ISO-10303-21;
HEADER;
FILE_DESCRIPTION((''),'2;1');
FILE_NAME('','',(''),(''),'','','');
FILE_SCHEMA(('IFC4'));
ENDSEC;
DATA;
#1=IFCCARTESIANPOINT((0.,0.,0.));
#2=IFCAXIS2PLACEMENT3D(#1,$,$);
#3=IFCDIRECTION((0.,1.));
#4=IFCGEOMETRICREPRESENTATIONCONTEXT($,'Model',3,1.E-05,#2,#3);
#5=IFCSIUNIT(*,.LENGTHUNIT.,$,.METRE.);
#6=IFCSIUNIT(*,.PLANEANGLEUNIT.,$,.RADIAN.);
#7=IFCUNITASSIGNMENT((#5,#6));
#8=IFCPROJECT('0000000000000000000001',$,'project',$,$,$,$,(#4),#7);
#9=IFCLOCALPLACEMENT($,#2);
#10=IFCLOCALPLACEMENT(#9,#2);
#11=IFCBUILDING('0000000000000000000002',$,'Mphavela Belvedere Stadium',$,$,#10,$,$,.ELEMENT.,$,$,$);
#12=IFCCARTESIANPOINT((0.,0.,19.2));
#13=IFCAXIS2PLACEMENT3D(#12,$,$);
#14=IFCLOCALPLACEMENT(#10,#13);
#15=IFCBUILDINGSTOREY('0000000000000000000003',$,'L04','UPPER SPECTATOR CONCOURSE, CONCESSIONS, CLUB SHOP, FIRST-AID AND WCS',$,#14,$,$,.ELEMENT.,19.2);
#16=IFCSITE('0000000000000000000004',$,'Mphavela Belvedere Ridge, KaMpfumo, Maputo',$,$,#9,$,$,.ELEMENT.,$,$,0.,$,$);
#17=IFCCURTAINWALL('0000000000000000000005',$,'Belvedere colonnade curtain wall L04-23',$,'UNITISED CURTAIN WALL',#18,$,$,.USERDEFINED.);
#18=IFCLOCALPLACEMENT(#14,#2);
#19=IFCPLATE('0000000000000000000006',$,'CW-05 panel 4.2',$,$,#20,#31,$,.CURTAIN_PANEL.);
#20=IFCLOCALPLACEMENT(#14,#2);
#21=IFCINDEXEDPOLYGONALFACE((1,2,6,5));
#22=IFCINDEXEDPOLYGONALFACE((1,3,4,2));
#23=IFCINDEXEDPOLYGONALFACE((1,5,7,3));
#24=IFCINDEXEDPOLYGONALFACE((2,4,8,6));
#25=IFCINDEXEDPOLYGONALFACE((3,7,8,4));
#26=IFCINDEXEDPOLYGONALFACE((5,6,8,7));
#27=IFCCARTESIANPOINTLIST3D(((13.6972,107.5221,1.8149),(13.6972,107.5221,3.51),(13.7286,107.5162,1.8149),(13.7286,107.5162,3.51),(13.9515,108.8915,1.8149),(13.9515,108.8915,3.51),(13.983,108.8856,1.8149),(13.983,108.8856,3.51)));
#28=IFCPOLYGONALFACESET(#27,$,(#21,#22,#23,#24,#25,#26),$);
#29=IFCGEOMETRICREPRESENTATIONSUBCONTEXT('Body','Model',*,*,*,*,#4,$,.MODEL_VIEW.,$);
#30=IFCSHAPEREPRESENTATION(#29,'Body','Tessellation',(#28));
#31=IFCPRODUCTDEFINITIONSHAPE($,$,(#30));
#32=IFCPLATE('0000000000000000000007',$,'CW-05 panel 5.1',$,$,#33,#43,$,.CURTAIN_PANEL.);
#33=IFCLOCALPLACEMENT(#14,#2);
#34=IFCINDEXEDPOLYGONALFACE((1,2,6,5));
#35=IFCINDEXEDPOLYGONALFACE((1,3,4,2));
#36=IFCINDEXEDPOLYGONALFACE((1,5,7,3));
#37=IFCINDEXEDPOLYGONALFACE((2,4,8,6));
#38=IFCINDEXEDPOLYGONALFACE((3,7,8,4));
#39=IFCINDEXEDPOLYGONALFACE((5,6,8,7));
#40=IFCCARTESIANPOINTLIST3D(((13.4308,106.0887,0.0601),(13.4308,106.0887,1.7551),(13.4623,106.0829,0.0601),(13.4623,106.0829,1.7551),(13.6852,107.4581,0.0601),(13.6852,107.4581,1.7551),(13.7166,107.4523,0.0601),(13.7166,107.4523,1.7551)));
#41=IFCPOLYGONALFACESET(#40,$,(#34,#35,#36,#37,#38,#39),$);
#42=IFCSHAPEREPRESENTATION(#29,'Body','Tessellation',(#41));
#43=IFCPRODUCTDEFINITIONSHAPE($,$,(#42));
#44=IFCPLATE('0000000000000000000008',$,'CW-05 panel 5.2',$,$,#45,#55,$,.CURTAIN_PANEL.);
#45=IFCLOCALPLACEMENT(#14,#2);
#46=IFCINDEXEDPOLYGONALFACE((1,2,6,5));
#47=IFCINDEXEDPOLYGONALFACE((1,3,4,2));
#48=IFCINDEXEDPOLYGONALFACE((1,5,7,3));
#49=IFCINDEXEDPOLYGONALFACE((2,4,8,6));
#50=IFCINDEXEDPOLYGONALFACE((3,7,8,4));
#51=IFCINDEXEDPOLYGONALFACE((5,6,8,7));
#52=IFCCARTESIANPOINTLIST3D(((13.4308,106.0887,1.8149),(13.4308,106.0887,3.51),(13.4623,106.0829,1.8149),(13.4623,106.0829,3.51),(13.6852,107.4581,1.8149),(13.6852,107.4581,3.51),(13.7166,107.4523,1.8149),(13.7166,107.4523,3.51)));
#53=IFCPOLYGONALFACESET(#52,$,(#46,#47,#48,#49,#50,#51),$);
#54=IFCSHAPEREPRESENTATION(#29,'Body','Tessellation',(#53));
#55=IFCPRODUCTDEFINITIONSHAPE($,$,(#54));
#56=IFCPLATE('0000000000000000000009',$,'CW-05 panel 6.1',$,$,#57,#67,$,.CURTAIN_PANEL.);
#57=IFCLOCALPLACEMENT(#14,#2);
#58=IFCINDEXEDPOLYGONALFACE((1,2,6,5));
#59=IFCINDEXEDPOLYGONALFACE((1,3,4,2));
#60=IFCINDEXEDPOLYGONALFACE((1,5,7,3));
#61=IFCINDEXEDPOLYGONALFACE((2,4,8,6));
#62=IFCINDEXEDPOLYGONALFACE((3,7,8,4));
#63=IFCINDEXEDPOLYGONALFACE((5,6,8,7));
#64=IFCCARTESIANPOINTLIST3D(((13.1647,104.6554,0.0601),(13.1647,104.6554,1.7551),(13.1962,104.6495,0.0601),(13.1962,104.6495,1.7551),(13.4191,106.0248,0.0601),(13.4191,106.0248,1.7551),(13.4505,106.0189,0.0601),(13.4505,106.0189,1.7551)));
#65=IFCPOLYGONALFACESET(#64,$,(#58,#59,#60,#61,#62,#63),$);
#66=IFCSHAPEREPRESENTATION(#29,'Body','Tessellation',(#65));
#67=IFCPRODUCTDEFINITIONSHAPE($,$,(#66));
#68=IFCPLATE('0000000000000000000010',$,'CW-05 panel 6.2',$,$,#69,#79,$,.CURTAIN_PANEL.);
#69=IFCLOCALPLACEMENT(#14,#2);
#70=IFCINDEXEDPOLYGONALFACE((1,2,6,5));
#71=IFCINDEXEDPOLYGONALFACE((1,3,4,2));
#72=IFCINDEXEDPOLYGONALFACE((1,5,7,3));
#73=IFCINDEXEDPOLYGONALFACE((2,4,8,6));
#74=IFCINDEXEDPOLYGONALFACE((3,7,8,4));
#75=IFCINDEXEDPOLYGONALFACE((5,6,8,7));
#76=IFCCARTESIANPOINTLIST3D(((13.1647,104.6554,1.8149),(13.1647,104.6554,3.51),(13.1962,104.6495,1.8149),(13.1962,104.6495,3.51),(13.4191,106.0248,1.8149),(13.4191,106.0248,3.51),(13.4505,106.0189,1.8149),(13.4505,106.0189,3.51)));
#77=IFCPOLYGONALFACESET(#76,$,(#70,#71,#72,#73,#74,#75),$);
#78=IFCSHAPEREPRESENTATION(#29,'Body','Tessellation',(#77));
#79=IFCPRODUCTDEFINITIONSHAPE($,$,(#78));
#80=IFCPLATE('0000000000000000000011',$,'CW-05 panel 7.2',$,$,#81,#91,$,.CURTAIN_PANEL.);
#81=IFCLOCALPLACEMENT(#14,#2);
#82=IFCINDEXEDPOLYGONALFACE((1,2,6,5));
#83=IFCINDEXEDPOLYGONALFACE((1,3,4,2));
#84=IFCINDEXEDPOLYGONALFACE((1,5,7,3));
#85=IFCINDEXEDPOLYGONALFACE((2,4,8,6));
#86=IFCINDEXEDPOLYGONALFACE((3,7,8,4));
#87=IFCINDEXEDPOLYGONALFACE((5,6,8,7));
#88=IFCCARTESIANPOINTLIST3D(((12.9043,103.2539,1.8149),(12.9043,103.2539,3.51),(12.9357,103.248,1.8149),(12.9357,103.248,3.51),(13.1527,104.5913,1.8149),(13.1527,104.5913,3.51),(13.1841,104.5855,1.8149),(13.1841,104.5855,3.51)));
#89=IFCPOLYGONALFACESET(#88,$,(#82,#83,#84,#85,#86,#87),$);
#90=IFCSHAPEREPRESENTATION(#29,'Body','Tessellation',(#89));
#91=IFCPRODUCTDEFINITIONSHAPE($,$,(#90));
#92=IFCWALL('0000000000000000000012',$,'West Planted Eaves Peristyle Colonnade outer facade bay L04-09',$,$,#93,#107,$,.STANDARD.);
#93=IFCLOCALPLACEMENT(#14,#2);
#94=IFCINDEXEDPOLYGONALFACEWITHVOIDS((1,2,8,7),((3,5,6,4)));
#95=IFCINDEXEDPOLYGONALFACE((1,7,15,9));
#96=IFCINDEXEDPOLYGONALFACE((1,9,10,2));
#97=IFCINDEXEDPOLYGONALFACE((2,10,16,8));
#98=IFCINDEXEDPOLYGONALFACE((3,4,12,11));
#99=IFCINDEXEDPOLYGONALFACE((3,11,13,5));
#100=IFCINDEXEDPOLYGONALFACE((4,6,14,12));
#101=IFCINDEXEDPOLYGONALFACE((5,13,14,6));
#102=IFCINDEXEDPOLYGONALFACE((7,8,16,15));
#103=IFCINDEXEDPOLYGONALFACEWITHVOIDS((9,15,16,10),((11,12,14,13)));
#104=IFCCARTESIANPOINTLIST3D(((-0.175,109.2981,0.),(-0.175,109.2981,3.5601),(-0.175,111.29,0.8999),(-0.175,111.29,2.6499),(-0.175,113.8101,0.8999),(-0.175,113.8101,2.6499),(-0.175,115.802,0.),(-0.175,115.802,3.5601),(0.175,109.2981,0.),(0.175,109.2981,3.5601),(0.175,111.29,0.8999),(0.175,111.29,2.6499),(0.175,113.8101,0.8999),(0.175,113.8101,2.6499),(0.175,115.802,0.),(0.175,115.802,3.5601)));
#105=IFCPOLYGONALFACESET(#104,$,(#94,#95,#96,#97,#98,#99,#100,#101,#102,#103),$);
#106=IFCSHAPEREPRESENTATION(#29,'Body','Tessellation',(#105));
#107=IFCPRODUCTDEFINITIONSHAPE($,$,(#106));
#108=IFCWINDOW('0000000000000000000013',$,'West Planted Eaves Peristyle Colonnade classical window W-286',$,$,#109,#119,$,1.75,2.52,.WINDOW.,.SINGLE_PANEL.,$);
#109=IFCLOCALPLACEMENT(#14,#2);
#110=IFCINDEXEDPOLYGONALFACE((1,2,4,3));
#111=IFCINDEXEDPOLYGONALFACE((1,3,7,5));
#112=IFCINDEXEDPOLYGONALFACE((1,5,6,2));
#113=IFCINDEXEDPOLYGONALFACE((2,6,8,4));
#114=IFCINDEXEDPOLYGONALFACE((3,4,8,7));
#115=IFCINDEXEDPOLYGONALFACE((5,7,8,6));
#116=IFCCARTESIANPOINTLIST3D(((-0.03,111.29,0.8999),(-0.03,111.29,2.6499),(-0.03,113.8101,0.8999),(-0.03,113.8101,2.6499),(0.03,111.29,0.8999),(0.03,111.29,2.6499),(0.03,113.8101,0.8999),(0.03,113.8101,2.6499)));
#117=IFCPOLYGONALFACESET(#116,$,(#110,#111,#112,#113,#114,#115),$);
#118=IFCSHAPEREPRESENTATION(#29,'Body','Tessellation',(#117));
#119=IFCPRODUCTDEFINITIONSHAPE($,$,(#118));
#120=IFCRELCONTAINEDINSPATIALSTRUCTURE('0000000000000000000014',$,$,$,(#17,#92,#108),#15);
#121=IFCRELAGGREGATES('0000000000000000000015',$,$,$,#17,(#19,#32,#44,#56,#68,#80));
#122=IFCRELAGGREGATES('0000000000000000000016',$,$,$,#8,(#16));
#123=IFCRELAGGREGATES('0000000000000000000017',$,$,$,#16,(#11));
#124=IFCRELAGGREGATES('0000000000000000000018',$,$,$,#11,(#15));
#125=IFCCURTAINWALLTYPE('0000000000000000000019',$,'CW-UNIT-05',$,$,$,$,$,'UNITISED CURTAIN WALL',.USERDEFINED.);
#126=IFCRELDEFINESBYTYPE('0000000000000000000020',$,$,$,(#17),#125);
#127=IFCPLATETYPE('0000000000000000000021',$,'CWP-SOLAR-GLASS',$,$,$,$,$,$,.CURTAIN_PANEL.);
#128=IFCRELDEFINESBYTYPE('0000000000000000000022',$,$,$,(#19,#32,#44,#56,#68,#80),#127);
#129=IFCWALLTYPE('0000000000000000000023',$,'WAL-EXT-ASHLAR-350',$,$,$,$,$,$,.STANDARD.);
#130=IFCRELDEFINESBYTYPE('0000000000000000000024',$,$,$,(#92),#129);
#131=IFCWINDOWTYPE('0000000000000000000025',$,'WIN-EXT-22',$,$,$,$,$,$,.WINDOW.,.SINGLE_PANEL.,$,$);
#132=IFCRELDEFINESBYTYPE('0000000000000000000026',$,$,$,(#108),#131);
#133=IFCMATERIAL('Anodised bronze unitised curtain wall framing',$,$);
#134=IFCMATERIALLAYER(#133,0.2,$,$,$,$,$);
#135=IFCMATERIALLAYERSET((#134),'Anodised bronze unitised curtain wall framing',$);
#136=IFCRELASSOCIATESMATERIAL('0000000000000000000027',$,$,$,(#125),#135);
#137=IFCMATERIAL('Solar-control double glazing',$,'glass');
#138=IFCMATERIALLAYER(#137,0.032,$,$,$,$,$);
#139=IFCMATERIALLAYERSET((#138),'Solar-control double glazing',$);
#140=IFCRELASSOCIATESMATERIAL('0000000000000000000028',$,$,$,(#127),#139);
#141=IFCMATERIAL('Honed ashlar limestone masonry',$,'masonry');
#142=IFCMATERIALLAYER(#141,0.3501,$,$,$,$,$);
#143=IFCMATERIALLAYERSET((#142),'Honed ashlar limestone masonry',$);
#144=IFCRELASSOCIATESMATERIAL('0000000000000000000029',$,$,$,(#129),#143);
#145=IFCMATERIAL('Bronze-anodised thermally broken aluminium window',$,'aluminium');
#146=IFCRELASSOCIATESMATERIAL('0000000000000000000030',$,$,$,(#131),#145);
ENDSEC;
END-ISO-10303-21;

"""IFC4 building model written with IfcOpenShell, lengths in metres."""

from ifc_helpers import new_model, si_unit, direction, frame, frame_2d, origin, origin_2d, place, context, subcontext, project, spatial, rectangle, extrude, material, layer, layer_set, type_object, element, fill, aggregate, save


model = new_model("IFC4")

# Units and contexts
model_context = context("Model", 3, precision=1e-05, world=origin(), true_north=direction((0.0, 1.0)))
body_context = subcontext(model_context, "Body", "Model", "MODEL_VIEW")
ifc_project = project(units=[si_unit("LENGTHUNIT", "METRE"), si_unit("PLANEANGLEUNIT", "RADIAN")], contexts=[model_context])

# Site, building, storey
site_placement = place(None, origin())
site = spatial("IfcSite", under=ifc_project, at=site_placement, Name="Mphavela Belvedere Ridge, KaMpfumo, Maputo", CompositionType="ELEMENT", RefElevation=0.0)
building_placement = place(site_placement, origin())
building = spatial("IfcBuilding", under=site, at=building_placement, Name="Mphavela Belvedere Stadium", CompositionType="ELEMENT")
storey_placement = place(building_placement, frame((0.0, 0.0, 19.2)))
storey = spatial("IfcBuildingStorey", under=building, at=storey_placement, Name="L04", Description="UPPER SPECTATOR CONCOURSE, CONCESSIONS, CLUB SHOP, FIRST-AID AND WCS", CompositionType="ELEMENT", Elevation=19.2)

# Curtain wall, plates
ifc_material_1 = material(Name="Anodised bronze unitised curtain wall framing")
ifc_layer_1 = layer(ifc_material_1, 0.2)
ifc_layer_set_1 = layer_set([ifc_layer_1], Name="Anodised bronze unitised curtain wall framing")
curtain_wall_type = type_object("IfcCurtainWallType", Name="CW-UNIT-05", ElementType="UNITISED CURTAIN WALL", PredefinedType="USERDEFINED", material=ifc_layer_set_1)
curtain_wall_placement = place(storey_placement, origin())
curtain_wall = element("IfcCurtainWall", 1, at=curtain_wall_placement, inside=storey, type_object=curtain_wall_type, Name="Belvedere colonnade curtain wall L04-23", ObjectType="UNITISED CURTAIN WALL", PredefinedType="USERDEFINED")
ifc_material_2 = material(Name="Solar-control double glazing", Category="glass")
ifc_layer_2 = layer(ifc_material_2, 0.032)
ifc_layer_set_2 = layer_set([ifc_layer_2], Name="Solar-control double glazing")
plate_type = type_object("IfcPlateType", Name="CWP-SOLAR-GLASS", PredefinedType="CURTAIN_PANEL", material=ifc_layer_set_2)
plate_1_placement = place(storey_placement, frame((13.8401, 108.2039, 1.8149), z_axis=(0.0, 0.0, 1.0), x_axis=(-0.182618, -0.983184, 0.0)))
plate_1 = element("IfcPlate", 2, at=plate_1_placement, type_object=plate_type, Name="CW-05 panel 4.2", PredefinedType="CURTAIN_PANEL", context=body_context, shape_type="SweptSolid", body=[
    extrude(rectangle(XDim=1.3928, YDim=0.032, at=origin_2d()), origin(), (0.0, 0.0, 1.0), 1.6951),
])
plate_2_placement = place(storey_placement, frame((13.5737, 106.7705, 0.0601), z_axis=(0.0, 0.0, 1.0), x_axis=(-0.182618, -0.983184, 0.0)))
plate_2 = element("IfcPlate", 3, at=plate_2_placement, type_object=plate_type, Name="CW-05 panel 5.1", PredefinedType="CURTAIN_PANEL", context=body_context, shape_type="SweptSolid", body=[
    extrude(rectangle(XDim=1.3928, YDim=0.032, at=origin_2d()), origin(), (0.0, 0.0, 1.0), 1.6951),
])
plate_3_placement = place(storey_placement, frame((13.5737, 106.7705, 1.8149), z_axis=(0.0, 0.0, 1.0), x_axis=(-0.182618, -0.983184, 0.0)))
plate_3 = element("IfcPlate", 4, at=plate_3_placement, type_object=plate_type, Name="CW-05 panel 5.2", PredefinedType="CURTAIN_PANEL", context=body_context, shape_type="SweptSolid", body=[
    extrude(rectangle(XDim=1.3928, YDim=0.032, at=origin_2d()), origin(), (0.0, 0.0, 1.0), 1.6951),
])
plate_4_placement = place(storey_placement, frame((13.3076, 105.3372, 0.0601), z_axis=(0.0, 0.0, 1.0), x_axis=(-0.182618, -0.983184, 0.0)))
plate_4 = element("IfcPlate", 5, at=plate_4_placement, type_object=plate_type, Name="CW-05 panel 6.1", PredefinedType="CURTAIN_PANEL", context=body_context, shape_type="SweptSolid", body=[
    extrude(rectangle(XDim=1.3928, YDim=0.032, at=origin_2d()), origin(), (0.0, 0.0, 1.0), 1.6951),
])
plate_5_placement = place(storey_placement, frame((13.3076, 105.3372, 1.8149), z_axis=(0.0, 0.0, 1.0), x_axis=(-0.182618, -0.983184, 0.0)))
plate_5 = element("IfcPlate", 6, at=plate_5_placement, type_object=plate_type, Name="CW-05 panel 6.2", PredefinedType="CURTAIN_PANEL", context=body_context, shape_type="SweptSolid", body=[
    extrude(rectangle(XDim=1.3928, YDim=0.032, at=origin_2d()), origin(), (0.0, 0.0, 1.0), 1.6951),
])
plate_6_placement = place(storey_placement, frame((13.0442, 103.9197, 1.8149), z_axis=(0.0, 0.0, 1.0), x_axis=(-0.182618, -0.983184, 0.0)))
plate_6 = element("IfcPlate", 7, at=plate_6_placement, type_object=plate_type, Name="CW-05 panel 7.2", PredefinedType="CURTAIN_PANEL", context=body_context, shape_type="SweptSolid", body=[
    extrude(rectangle(XDim=1.3604, YDim=0.032, at=origin_2d()), origin(), (0.0, 0.0, 1.0), 1.6951),
])
aggregate(curtain_wall, [plate_1, plate_2, plate_3, plate_4, plate_5, plate_6])

# Wall, opening, window
ifc_material_3 = material(Name="Honed ashlar limestone masonry", Category="masonry")
ifc_layer_3 = layer(ifc_material_3, 0.3501)
ifc_layer_set_3 = layer_set([ifc_layer_3], Name="Honed ashlar limestone masonry")
wall_type = type_object("IfcWallType", Name="WAL-EXT-ASHLAR-350", PredefinedType="STANDARD", material=ifc_layer_set_3)
wall_placement = place(storey_placement, frame((0.0, 109.2981, 0.0), z_axis=(0.0, 0.0, 1.0), x_axis=(0.0, 1.0, 0.0)))
wall = element("IfcWall", 8, at=wall_placement, inside=storey, type_object=wall_type, Name="West Planted Eaves Peristyle Colonnade outer facade bay L04-09", PredefinedType="STANDARD", context=body_context, shape_type="SweptSolid", body=[
    extrude(rectangle(XDim=6.5039, YDim=0.3501, at=frame_2d((3.252, 0.0))), origin(), (0.0, 0.0, 1.0), 3.5601),
])
opening_placement = place(wall_placement, frame((1.9919, 0.0, 0.8999)))
opening = element("IfcOpeningElement", 9, at=opening_placement, cuts=wall, PredefinedType="OPENING", context=body_context, shape_type="SweptSolid", body=[
    extrude(rectangle(XDim=2.52, YDim=1.75, at=frame_2d((1.26, 0.875))), frame((0.0, 0.1851, 0.0), z_axis=(0.0, -1.0, 0.0), x_axis=(1.0, 0.0, 0.0)), (0.0, 0.0, 1.0), 0.3701),
])
ifc_material_4 = material(Name="Bronze-anodised thermally broken aluminium window", Category="aluminium")
window_type = type_object("IfcWindowType", Name="WIN-EXT-22", PartitioningType="SINGLE_PANEL", PredefinedType="WINDOW", material=ifc_material_4)
window_placement = place(opening_placement, origin())
window = element("IfcWindow", 10, at=window_placement, inside=storey, type_object=window_type, Name="West Planted Eaves Peristyle Colonnade classical window W-286", OverallHeight=1.75, OverallWidth=2.52, PartitioningType="SINGLE_PANEL", PredefinedType="WINDOW", context=body_context, shape_type="SweptSolid", body=[
    extrude(rectangle(XDim=2.52, YDim=1.75, at=frame_2d((1.26, 0.875))), frame((0.0, 0.03, 0.0), z_axis=(0.0, -1.0, 0.0), x_axis=(1.0, 0.0, 0.0)), (0.0, 0.0, 1.0), 0.0601),
])
fill(opening, window)

save(model, "model.ifc")
